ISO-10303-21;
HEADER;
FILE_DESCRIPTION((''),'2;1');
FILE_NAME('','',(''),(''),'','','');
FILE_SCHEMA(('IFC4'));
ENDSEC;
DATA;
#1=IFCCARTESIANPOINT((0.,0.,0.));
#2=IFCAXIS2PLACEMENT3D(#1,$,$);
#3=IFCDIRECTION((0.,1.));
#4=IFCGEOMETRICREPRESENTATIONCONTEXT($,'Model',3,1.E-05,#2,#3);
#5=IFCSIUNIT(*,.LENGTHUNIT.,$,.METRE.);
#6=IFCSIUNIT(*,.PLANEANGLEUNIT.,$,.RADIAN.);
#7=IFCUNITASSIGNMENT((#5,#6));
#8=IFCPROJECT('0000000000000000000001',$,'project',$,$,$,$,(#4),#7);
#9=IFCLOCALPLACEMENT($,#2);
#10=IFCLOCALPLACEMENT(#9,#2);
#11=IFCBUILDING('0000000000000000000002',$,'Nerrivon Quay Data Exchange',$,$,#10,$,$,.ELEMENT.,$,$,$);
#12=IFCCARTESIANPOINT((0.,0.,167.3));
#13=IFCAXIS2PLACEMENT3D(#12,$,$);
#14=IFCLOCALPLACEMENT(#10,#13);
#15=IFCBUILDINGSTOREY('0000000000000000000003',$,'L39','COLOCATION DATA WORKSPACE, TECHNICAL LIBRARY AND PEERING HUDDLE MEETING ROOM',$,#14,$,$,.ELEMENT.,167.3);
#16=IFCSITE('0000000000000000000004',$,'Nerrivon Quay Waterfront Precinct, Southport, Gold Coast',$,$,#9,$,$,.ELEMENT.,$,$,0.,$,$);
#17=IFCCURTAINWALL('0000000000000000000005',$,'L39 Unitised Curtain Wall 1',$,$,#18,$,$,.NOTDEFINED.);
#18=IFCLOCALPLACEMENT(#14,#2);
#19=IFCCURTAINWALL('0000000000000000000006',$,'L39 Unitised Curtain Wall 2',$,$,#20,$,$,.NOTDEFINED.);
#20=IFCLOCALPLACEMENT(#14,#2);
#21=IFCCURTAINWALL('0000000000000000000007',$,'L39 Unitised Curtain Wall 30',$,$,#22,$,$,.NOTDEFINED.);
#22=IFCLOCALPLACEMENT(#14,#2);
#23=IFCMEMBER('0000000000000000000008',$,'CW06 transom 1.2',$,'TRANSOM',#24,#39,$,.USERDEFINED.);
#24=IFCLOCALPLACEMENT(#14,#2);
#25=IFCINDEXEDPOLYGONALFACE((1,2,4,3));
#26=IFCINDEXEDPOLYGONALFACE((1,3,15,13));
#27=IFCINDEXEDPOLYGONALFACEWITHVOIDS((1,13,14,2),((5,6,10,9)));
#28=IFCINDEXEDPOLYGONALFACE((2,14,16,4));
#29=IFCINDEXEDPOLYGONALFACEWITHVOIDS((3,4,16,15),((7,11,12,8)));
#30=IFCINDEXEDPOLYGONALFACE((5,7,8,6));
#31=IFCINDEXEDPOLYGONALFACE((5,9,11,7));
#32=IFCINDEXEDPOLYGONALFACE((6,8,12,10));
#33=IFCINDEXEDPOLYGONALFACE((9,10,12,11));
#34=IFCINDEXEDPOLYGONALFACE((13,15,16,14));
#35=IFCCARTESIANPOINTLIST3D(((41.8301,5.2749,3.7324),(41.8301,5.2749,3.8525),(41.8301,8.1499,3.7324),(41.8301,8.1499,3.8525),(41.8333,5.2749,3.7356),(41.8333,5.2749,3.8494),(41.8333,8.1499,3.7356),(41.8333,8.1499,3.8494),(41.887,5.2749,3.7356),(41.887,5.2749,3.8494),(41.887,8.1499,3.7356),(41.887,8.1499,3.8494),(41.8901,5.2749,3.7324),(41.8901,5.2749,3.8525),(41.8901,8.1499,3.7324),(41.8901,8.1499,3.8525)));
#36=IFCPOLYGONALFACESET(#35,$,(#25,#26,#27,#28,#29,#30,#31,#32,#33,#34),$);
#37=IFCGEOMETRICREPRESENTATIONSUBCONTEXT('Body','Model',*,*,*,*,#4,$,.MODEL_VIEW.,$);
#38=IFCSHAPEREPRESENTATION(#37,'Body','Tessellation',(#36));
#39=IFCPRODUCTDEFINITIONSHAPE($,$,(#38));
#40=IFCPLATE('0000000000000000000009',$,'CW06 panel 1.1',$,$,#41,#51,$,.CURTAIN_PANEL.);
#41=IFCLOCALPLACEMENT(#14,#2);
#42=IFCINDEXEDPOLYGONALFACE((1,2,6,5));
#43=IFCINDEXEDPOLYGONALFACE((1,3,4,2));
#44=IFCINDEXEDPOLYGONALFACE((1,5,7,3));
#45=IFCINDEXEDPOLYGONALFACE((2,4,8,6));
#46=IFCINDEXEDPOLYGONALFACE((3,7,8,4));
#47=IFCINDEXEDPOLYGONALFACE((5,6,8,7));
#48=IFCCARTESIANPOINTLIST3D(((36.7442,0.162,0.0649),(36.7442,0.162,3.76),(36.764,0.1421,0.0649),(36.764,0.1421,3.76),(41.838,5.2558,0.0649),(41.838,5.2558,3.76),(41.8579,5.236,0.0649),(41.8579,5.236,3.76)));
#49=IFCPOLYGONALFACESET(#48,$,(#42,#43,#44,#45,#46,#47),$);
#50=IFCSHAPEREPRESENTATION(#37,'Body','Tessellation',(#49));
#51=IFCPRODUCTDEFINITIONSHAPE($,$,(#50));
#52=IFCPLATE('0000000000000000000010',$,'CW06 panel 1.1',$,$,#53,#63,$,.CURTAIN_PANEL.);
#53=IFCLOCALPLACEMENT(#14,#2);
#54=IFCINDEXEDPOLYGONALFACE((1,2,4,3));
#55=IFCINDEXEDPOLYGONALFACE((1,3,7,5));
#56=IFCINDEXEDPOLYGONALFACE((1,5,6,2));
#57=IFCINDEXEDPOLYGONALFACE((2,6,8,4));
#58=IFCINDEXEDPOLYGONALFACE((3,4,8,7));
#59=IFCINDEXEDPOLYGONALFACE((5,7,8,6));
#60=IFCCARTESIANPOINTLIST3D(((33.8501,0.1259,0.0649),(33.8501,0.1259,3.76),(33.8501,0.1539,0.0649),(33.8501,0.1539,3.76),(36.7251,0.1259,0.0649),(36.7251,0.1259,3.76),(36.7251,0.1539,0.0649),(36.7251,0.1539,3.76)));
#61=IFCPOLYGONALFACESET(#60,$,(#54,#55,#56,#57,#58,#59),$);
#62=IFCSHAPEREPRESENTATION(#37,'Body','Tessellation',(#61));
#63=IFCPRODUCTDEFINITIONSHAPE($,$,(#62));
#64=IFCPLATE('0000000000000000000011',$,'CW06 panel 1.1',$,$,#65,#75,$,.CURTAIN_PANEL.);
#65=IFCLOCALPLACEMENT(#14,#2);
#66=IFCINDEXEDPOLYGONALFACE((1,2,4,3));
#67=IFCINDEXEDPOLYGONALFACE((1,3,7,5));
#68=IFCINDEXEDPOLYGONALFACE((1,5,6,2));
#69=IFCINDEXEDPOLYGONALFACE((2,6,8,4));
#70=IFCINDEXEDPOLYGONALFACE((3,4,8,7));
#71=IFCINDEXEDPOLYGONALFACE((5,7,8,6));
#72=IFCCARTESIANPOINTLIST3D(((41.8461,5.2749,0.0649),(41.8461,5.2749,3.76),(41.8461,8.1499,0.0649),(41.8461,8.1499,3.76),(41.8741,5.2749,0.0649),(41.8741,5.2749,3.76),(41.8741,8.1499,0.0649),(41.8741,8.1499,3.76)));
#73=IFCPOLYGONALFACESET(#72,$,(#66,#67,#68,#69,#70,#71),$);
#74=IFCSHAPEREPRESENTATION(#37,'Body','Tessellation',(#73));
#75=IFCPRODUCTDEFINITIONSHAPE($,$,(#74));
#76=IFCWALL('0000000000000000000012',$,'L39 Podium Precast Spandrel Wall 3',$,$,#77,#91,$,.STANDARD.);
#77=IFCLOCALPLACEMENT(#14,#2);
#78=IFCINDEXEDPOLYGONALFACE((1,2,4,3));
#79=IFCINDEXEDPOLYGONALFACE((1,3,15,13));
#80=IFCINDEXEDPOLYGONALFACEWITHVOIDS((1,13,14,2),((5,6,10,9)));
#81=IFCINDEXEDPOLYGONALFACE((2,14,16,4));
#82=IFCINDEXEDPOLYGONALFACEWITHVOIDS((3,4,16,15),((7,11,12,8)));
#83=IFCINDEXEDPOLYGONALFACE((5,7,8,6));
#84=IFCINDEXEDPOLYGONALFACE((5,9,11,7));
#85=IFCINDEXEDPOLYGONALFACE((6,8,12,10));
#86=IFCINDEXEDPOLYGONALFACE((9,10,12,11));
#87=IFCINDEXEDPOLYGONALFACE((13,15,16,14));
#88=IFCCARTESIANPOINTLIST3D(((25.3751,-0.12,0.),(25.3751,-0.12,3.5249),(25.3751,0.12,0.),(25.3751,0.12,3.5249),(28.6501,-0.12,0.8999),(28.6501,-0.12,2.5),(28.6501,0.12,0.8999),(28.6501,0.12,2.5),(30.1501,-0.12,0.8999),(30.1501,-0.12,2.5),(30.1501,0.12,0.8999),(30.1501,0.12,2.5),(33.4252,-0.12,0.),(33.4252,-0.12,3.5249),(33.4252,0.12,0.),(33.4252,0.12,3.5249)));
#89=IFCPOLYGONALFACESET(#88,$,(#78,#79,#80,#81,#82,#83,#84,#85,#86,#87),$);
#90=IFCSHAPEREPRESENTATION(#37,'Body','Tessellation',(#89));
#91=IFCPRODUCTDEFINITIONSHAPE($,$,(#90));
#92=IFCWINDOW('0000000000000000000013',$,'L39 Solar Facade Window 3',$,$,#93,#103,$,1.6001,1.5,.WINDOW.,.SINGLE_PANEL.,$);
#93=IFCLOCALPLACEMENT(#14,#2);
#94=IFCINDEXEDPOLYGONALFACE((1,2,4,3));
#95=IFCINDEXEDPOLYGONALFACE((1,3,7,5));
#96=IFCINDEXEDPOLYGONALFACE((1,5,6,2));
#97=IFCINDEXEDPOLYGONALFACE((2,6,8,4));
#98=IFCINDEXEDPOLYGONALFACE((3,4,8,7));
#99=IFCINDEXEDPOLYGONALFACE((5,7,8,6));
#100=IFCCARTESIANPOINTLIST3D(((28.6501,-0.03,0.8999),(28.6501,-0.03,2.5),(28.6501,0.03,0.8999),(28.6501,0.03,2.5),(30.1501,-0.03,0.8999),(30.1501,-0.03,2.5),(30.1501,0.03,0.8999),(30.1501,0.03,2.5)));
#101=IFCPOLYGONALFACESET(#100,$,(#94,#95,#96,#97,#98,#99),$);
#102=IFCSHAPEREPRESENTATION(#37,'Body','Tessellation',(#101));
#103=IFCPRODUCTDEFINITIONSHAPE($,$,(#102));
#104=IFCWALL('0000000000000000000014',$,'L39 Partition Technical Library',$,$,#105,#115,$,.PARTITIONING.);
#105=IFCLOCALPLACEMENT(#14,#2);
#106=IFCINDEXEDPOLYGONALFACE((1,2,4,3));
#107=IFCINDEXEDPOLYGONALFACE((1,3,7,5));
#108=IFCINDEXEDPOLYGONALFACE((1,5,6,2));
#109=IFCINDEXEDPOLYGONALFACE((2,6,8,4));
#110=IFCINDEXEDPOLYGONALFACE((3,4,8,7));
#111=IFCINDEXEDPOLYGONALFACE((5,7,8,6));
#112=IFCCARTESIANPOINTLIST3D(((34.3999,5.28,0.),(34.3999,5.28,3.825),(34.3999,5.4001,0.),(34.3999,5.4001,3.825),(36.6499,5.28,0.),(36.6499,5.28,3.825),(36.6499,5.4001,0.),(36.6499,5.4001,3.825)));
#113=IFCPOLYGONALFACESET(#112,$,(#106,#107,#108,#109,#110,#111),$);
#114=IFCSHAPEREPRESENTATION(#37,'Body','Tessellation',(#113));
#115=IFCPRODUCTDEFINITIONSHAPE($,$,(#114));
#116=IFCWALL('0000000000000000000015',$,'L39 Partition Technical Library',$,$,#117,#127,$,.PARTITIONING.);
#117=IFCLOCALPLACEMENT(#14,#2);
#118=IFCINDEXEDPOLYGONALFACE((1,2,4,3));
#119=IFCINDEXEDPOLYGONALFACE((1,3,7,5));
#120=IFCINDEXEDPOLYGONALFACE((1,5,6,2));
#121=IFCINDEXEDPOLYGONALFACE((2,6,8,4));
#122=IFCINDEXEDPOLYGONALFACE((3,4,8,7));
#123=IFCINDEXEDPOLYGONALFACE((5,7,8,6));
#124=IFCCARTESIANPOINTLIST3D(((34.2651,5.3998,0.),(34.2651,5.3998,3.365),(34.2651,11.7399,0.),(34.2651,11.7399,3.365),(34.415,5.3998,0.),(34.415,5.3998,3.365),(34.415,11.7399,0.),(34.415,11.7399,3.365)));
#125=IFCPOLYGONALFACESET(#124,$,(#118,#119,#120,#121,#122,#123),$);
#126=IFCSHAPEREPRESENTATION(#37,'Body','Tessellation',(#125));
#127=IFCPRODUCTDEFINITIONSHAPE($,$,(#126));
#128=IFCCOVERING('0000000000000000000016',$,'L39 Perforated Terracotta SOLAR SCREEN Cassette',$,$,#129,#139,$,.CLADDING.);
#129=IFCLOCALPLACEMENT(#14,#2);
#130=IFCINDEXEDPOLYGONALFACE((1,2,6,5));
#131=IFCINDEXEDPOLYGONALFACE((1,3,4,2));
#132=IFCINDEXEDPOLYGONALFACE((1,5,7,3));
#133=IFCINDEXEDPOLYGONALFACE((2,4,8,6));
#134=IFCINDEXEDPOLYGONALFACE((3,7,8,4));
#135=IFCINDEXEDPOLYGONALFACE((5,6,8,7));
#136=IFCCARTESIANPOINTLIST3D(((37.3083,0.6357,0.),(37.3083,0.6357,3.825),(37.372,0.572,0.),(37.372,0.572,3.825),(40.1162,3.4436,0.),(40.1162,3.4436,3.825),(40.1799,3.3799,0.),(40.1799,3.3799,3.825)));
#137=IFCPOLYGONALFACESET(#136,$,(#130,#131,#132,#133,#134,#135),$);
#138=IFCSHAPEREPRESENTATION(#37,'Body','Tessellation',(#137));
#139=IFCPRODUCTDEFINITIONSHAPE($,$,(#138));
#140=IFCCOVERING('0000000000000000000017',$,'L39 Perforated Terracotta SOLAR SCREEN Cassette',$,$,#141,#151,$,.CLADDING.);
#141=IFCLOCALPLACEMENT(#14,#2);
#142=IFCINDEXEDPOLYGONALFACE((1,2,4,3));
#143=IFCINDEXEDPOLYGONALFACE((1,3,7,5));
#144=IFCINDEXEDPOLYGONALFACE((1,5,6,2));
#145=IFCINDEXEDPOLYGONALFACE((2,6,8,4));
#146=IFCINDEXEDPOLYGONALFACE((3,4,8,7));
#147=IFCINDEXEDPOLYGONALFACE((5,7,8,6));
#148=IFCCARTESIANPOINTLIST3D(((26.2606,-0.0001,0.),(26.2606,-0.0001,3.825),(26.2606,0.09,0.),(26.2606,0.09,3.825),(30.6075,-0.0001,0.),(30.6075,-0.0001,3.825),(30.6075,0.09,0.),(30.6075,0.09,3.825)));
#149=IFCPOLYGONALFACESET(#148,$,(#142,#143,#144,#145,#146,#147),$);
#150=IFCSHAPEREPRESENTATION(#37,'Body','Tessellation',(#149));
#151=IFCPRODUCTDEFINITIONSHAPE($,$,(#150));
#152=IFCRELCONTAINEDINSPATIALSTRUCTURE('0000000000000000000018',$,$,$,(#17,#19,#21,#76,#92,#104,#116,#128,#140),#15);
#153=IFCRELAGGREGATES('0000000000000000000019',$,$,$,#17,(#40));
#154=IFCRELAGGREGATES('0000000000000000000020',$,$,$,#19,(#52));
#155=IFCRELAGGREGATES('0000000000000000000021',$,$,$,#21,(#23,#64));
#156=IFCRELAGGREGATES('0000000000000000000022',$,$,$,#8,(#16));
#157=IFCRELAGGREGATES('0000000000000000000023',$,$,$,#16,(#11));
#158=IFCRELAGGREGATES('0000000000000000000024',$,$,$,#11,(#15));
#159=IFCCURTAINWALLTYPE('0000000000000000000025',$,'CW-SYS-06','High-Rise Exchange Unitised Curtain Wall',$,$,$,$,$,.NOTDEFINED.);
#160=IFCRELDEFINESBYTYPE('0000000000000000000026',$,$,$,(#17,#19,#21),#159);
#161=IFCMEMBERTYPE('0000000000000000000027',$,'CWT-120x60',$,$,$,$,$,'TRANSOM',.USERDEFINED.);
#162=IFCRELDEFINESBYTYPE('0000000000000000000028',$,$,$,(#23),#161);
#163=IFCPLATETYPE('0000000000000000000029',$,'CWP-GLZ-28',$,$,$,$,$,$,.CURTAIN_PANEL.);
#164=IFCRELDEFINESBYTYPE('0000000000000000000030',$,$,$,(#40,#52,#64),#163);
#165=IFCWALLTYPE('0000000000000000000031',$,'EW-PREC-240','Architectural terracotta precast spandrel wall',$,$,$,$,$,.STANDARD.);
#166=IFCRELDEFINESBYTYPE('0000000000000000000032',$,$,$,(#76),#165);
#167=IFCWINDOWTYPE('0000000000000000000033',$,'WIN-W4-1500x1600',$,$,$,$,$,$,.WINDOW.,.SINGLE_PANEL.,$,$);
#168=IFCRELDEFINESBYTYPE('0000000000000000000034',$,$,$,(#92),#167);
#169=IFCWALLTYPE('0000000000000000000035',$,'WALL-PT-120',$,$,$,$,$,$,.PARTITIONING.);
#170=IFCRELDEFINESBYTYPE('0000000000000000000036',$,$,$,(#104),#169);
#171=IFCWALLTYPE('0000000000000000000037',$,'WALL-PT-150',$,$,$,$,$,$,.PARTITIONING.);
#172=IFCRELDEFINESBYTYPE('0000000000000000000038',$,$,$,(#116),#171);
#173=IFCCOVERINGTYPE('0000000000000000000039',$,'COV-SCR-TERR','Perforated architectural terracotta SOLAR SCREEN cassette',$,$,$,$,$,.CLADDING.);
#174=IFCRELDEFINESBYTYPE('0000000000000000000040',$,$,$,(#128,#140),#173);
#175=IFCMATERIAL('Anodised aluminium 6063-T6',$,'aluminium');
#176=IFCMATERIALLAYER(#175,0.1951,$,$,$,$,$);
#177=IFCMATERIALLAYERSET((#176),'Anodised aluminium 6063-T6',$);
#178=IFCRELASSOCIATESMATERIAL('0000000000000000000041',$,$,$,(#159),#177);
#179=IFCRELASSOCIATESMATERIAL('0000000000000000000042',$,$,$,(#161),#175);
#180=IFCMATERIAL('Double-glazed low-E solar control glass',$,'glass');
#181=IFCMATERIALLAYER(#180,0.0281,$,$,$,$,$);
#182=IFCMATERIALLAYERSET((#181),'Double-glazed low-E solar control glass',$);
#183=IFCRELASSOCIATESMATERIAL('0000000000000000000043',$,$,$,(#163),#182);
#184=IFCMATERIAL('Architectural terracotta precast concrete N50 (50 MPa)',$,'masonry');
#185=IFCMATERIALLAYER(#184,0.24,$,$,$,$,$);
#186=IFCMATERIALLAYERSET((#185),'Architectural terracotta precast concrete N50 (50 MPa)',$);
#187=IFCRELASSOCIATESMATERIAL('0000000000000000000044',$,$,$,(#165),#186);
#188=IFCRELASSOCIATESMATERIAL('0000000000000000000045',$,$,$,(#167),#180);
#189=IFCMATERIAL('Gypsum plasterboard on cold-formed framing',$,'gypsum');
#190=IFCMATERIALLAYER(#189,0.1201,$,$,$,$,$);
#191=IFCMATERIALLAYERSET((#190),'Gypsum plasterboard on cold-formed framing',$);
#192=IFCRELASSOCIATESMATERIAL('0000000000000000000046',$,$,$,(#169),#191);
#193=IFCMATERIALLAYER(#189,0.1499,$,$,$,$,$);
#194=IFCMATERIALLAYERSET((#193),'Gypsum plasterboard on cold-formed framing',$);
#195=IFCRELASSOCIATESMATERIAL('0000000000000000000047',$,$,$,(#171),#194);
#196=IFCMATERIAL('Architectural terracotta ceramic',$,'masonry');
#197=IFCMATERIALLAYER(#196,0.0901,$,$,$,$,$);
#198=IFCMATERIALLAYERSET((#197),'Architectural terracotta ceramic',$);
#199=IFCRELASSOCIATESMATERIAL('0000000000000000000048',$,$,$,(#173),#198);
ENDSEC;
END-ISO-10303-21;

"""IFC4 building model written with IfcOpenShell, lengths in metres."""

from ifc_helpers import new_model, si_unit, direction, frame, frame_2d, origin, origin_2d, place, context, subcontext, project, spatial, rectangle, hollow_rectangle, extrude, material, layer, layer_set, material_profile, profile_set, type_object, element, fill, aggregate, save


model = new_model("IFC4")

# Units and contexts
model_context = context("Model", 3, precision=1e-05, world=origin(), true_north=direction((0.0, 1.0)))
body_context = subcontext(model_context, "Body", "Model", "MODEL_VIEW")
ifc_project = project(units=[si_unit("LENGTHUNIT", "METRE"), si_unit("PLANEANGLEUNIT", "RADIAN")], contexts=[model_context])

# Site, building, storey
site_placement = place(None, origin())
site = spatial("IfcSite", under=ifc_project, at=site_placement, Name="Nerrivon Quay Waterfront Precinct, Southport, Gold Coast", CompositionType="ELEMENT", RefElevation=0.0)
building_placement = place(site_placement, origin())
building = spatial("IfcBuilding", under=site, at=building_placement, Name="Nerrivon Quay Data Exchange", CompositionType="ELEMENT")
storey_placement = place(building_placement, frame((0.0, 0.0, 167.3)))
storey = spatial("IfcBuildingStorey", under=building, at=storey_placement, Name="L39", Description="COLOCATION DATA WORKSPACE, TECHNICAL LIBRARY AND PEERING HUDDLE MEETING ROOM", CompositionType="ELEMENT", Elevation=167.3)

# Curtain walls
ifc_material_1 = material(Name="Anodised aluminium 6063-T6", Category="aluminium")
ifc_layer_1 = layer(ifc_material_1, 0.1951)
ifc_layer_set_1 = layer_set([ifc_layer_1], Name="Anodised aluminium 6063-T6")
curtain_wall_type = type_object("IfcCurtainWallType", Name="CW-SYS-06", Description="High-Rise Exchange Unitised Curtain Wall", PredefinedType="NOTDEFINED", material=ifc_layer_set_1)
curtain_wall_1_placement = place(storey_placement, origin())
curtain_wall_1 = element("IfcCurtainWall", 1, at=curtain_wall_1_placement, inside=storey, type_object=curtain_wall_type, Name="L39 Unitised Curtain Wall 1", PredefinedType="NOTDEFINED")
curtain_wall_2_placement = place(storey_placement, origin())
curtain_wall_2 = element("IfcCurtainWall", 2, at=curtain_wall_2_placement, inside=storey, type_object=curtain_wall_type, Name="L39 Unitised Curtain Wall 2", PredefinedType="NOTDEFINED")
curtain_wall_3_placement = place(storey_placement, origin())
curtain_wall_3 = element("IfcCurtainWall", 3, at=curtain_wall_3_placement, inside=storey, type_object=curtain_wall_type, Name="L39 Unitised Curtain Wall 30", PredefinedType="NOTDEFINED")

# Member
ifc_material_profile_1 = material_profile(ifc_material_1, hollow_rectangle(XDim=0.0601, YDim=0.1201, WallThickness=0.0032, at=origin_2d()), Name="ALU-TRAN-120x60")
ifc_profile_set_1 = profile_set([ifc_material_profile_1], Name="Anodised aluminium 6063-T6")
member_type_1 = type_object("IfcMemberType", Name="CWT-120x60", ElementType="TRANSOM", PredefinedType="USERDEFINED", material=ifc_profile_set_1)
member_1_placement = place(storey_placement, frame((41.8601, 8.1499, 3.7925), z_axis=(0.0, -1.0, 0.0), x_axis=(1.0, 0.0, 0.0)))
member_1 = element("IfcMember", 4, at=member_1_placement, type_object=member_type_1, Name="CW06 transom 1.2", ObjectType="TRANSOM", PredefinedType="USERDEFINED", context=body_context, shape_type="SweptSolid", body=[
    extrude(hollow_rectangle(XDim=0.0601, YDim=0.1201, WallThickness=0.0032, at=origin_2d()), origin(), (0.0, 0.0, 1.0), 2.875),
])

# Plates
ifc_material_2 = material(Name="Double-glazed low-E solar control glass", Category="glass")
ifc_layer_2 = layer(ifc_material_2, 0.0281)
ifc_layer_set_2 = layer_set([ifc_layer_2], Name="Double-glazed low-E solar control glass")
plate_type = type_object("IfcPlateType", Name="CWP-GLZ-28", PredefinedType="CURTAIN_PANEL", material=ifc_layer_set_2)
plate_1_placement = place(storey_placement, frame((39.301, 2.699, 0.0649), z_axis=(0.0, 0.0, 1.0), x_axis=(-0.707107, -0.707107, 0.0)))
plate_1 = element("IfcPlate", 5, at=plate_1_placement, type_object=plate_type, Name="CW06 panel 1.1", PredefinedType="CURTAIN_PANEL", context=body_context, shape_type="SweptSolid", body=[
    extrude(rectangle(XDim=7.2039, YDim=0.0281, at=origin_2d()), origin(), (0.0, 0.0, 1.0), 3.6951),
])
aggregate(curtain_wall_1, [plate_1])
plate_2_placement = place(storey_placement, frame((35.2876, 0.1399, 0.0649), z_axis=(0.0, 0.0, 1.0), x_axis=(-1.0, 0.0, 0.0)))
plate_2 = element("IfcPlate", 6, at=plate_2_placement, type_object=plate_type, Name="CW06 panel 1.1", PredefinedType="CURTAIN_PANEL", context=body_context, shape_type="SweptSolid", body=[
    extrude(rectangle(XDim=2.875, YDim=0.0281, at=origin_2d()), origin(), (0.0, 0.0, 1.0), 3.6951),
])
aggregate(curtain_wall_2, [plate_2])
plate_3_placement = place(storey_placement, frame((41.8601, 6.7124, 0.0649), z_axis=(0.0, 0.0, 1.0), x_axis=(0.0, -1.0, 0.0)))
plate_3 = element("IfcPlate", 7, at=plate_3_placement, type_object=plate_type, Name="CW06 panel 1.1", PredefinedType="CURTAIN_PANEL", context=body_context, shape_type="SweptSolid", body=[
    extrude(rectangle(XDim=2.875, YDim=0.0281, at=origin_2d()), origin(), (0.0, 0.0, 1.0), 3.6951),
])
aggregate(curtain_wall_3, [member_1, plate_3])

# Wall, opening, window
ifc_material_3 = material(Name="Architectural terracotta precast concrete N50 (50 MPa)", Category="masonry")
ifc_layer_3 = layer(ifc_material_3, 0.24)
ifc_layer_set_3 = layer_set([ifc_layer_3], Name="Architectural terracotta precast concrete N50 (50 MPa)")
wall_type_1 = type_object("IfcWallType", Name="EW-PREC-240", Description="Architectural terracotta precast spandrel wall", PredefinedType="STANDARD", material=ifc_layer_set_3)
wall_1_placement = place(storey_placement, frame((33.425, 0.0, 0.0), z_axis=(0.0, 0.0, 1.0), x_axis=(-1.0, 0.0, 0.0)))
wall_1 = element("IfcWall", 8, at=wall_1_placement, inside=storey, type_object=wall_type_1, Name="L39 Podium Precast Spandrel Wall 3", PredefinedType="STANDARD", context=body_context, shape_type="SweptSolid", body=[
    extrude(rectangle(XDim=8.05, YDim=0.24, at=frame_2d((4.0249, 0.0))), origin(), (0.0, 0.0, 1.0), 3.5249),
])
opening_placement = place(wall_1_placement, frame((3.2749, 0.0, 0.8999)))
opening = element("IfcOpeningElement", 9, at=opening_placement, cuts=wall_1, PredefinedType="OPENING", context=body_context, shape_type="SweptSolid", body=[
    extrude(rectangle(XDim=1.5, YDim=1.6001, at=frame_2d((0.75, 0.8))), frame((0.0, 0.1299, 0.0), z_axis=(0.0, -1.0, 0.0), x_axis=(1.0, 0.0, 0.0)), (0.0, 0.0, 1.0), 0.26),
])
window_type = type_object("IfcWindowType", Name="WIN-W4-1500x1600", PartitioningType="SINGLE_PANEL", PredefinedType="WINDOW", material=ifc_material_2)
window_placement = place(opening_placement, origin())
window = element("IfcWindow", 10, at=window_placement, inside=storey, type_object=window_type, Name="L39 Solar Facade Window 3", OverallHeight=1.6001, OverallWidth=1.5, PartitioningType="SINGLE_PANEL", PredefinedType="WINDOW", context=body_context, shape_type="SweptSolid", body=[
    extrude(rectangle(XDim=1.5, YDim=1.6001, at=frame_2d((0.75, 0.8))), frame((0.0, 0.03, 0.0), z_axis=(0.0, -1.0, 0.0), x_axis=(1.0, 0.0, 0.0)), (0.0, 0.0, 1.0), 0.0601),
])
fill(opening, window)

# Walls
ifc_material_4 = material(Name="Gypsum plasterboard on cold-formed framing", Category="gypsum")
ifc_layer_4 = layer(ifc_material_4, 0.1201)
ifc_layer_set_4 = layer_set([ifc_layer_4], Name="Gypsum plasterboard on cold-formed framing")
wall_type_2 = type_object("IfcWallType", Name="WALL-PT-120", PredefinedType="PARTITIONING", material=ifc_layer_set_4)
wall_2_placement = place(storey_placement, frame((36.6499, 5.3401, 0.0), z_axis=(0.0, 0.0, 1.0), x_axis=(-1.0, 0.0, 0.0)))
element("IfcWall", 11, at=wall_2_placement, inside=storey, type_object=wall_type_2, Name="L39 Partition Technical Library", PredefinedType="PARTITIONING", context=body_context, shape_type="SweptSolid", body=[
    extrude(rectangle(XDim=2.25, YDim=0.1201, at=frame_2d((1.125, 0.0))), origin(), (0.0, 0.0, 1.0), 3.825),
])
ifc_layer_5 = layer(ifc_material_4, 0.1499)
ifc_layer_set_5 = layer_set([ifc_layer_5], Name="Gypsum plasterboard on cold-formed framing")
wall_type_3 = type_object("IfcWallType", Name="WALL-PT-150", PredefinedType="PARTITIONING", material=ifc_layer_set_5)
wall_3_placement = place(storey_placement, frame((34.3401, 5.3999, 0.0), z_axis=(0.0, 0.0, 1.0), x_axis=(0.0, 1.0, 0.0)))
element("IfcWall", 12, at=wall_3_placement, inside=storey, type_object=wall_type_3, Name="L39 Partition Technical Library", PredefinedType="PARTITIONING", context=body_context, shape_type="SweptSolid", body=[
    extrude(rectangle(XDim=6.3401, YDim=0.1499, at=frame_2d((3.1699, 0.0))), origin(), (0.0, 0.0, 1.0), 3.365),
])

# Coverings
ifc_material_5 = material(Name="Architectural terracotta ceramic", Category="masonry")
ifc_layer_6 = layer(ifc_material_5, 0.0901)
ifc_layer_set_6 = layer_set([ifc_layer_6], Name="Architectural terracotta ceramic")
covering_type = type_object("IfcCoveringType", Name="COV-SCR-TERR", Description="Perforated architectural terracotta SOLAR SCREEN cassette", PredefinedType="CLADDING", material=ifc_layer_set_6)
covering_1_placement = place(storey_placement, frame((38.7441, 2.0078, 0.0), z_axis=(0.0, 0.0, 1.0), x_axis=(-0.707107, -0.707107, 0.0)))
element("IfcCovering", 13, at=covering_1_placement, inside=storey, type_object=covering_type, Name="L39 Perforated Terracotta SOLAR SCREEN Cassette", PredefinedType="CLADDING", context=body_context, shape_type="SweptSolid", body=[
    extrude(rectangle(XDim=3.9709, YDim=0.0901, at=origin_2d()), origin(), (0.0, 0.0, 1.0), 3.825),
])
covering_2_placement = place(storey_placement, frame((28.4341, 0.0449, 0.0), z_axis=(0.0, 0.0, 1.0), x_axis=(-1.0, 0.0, 0.0)))
element("IfcCovering", 14, at=covering_2_placement, inside=storey, type_object=covering_type, Name="L39 Perforated Terracotta SOLAR SCREEN Cassette", PredefinedType="CLADDING", context=body_context, shape_type="SweptSolid", body=[
    extrude(rectangle(XDim=4.3469, YDim=0.0901, at=origin_2d()), origin(), (0.0, 0.0, 1.0), 3.825),
])

save(model, "model.ifc")
